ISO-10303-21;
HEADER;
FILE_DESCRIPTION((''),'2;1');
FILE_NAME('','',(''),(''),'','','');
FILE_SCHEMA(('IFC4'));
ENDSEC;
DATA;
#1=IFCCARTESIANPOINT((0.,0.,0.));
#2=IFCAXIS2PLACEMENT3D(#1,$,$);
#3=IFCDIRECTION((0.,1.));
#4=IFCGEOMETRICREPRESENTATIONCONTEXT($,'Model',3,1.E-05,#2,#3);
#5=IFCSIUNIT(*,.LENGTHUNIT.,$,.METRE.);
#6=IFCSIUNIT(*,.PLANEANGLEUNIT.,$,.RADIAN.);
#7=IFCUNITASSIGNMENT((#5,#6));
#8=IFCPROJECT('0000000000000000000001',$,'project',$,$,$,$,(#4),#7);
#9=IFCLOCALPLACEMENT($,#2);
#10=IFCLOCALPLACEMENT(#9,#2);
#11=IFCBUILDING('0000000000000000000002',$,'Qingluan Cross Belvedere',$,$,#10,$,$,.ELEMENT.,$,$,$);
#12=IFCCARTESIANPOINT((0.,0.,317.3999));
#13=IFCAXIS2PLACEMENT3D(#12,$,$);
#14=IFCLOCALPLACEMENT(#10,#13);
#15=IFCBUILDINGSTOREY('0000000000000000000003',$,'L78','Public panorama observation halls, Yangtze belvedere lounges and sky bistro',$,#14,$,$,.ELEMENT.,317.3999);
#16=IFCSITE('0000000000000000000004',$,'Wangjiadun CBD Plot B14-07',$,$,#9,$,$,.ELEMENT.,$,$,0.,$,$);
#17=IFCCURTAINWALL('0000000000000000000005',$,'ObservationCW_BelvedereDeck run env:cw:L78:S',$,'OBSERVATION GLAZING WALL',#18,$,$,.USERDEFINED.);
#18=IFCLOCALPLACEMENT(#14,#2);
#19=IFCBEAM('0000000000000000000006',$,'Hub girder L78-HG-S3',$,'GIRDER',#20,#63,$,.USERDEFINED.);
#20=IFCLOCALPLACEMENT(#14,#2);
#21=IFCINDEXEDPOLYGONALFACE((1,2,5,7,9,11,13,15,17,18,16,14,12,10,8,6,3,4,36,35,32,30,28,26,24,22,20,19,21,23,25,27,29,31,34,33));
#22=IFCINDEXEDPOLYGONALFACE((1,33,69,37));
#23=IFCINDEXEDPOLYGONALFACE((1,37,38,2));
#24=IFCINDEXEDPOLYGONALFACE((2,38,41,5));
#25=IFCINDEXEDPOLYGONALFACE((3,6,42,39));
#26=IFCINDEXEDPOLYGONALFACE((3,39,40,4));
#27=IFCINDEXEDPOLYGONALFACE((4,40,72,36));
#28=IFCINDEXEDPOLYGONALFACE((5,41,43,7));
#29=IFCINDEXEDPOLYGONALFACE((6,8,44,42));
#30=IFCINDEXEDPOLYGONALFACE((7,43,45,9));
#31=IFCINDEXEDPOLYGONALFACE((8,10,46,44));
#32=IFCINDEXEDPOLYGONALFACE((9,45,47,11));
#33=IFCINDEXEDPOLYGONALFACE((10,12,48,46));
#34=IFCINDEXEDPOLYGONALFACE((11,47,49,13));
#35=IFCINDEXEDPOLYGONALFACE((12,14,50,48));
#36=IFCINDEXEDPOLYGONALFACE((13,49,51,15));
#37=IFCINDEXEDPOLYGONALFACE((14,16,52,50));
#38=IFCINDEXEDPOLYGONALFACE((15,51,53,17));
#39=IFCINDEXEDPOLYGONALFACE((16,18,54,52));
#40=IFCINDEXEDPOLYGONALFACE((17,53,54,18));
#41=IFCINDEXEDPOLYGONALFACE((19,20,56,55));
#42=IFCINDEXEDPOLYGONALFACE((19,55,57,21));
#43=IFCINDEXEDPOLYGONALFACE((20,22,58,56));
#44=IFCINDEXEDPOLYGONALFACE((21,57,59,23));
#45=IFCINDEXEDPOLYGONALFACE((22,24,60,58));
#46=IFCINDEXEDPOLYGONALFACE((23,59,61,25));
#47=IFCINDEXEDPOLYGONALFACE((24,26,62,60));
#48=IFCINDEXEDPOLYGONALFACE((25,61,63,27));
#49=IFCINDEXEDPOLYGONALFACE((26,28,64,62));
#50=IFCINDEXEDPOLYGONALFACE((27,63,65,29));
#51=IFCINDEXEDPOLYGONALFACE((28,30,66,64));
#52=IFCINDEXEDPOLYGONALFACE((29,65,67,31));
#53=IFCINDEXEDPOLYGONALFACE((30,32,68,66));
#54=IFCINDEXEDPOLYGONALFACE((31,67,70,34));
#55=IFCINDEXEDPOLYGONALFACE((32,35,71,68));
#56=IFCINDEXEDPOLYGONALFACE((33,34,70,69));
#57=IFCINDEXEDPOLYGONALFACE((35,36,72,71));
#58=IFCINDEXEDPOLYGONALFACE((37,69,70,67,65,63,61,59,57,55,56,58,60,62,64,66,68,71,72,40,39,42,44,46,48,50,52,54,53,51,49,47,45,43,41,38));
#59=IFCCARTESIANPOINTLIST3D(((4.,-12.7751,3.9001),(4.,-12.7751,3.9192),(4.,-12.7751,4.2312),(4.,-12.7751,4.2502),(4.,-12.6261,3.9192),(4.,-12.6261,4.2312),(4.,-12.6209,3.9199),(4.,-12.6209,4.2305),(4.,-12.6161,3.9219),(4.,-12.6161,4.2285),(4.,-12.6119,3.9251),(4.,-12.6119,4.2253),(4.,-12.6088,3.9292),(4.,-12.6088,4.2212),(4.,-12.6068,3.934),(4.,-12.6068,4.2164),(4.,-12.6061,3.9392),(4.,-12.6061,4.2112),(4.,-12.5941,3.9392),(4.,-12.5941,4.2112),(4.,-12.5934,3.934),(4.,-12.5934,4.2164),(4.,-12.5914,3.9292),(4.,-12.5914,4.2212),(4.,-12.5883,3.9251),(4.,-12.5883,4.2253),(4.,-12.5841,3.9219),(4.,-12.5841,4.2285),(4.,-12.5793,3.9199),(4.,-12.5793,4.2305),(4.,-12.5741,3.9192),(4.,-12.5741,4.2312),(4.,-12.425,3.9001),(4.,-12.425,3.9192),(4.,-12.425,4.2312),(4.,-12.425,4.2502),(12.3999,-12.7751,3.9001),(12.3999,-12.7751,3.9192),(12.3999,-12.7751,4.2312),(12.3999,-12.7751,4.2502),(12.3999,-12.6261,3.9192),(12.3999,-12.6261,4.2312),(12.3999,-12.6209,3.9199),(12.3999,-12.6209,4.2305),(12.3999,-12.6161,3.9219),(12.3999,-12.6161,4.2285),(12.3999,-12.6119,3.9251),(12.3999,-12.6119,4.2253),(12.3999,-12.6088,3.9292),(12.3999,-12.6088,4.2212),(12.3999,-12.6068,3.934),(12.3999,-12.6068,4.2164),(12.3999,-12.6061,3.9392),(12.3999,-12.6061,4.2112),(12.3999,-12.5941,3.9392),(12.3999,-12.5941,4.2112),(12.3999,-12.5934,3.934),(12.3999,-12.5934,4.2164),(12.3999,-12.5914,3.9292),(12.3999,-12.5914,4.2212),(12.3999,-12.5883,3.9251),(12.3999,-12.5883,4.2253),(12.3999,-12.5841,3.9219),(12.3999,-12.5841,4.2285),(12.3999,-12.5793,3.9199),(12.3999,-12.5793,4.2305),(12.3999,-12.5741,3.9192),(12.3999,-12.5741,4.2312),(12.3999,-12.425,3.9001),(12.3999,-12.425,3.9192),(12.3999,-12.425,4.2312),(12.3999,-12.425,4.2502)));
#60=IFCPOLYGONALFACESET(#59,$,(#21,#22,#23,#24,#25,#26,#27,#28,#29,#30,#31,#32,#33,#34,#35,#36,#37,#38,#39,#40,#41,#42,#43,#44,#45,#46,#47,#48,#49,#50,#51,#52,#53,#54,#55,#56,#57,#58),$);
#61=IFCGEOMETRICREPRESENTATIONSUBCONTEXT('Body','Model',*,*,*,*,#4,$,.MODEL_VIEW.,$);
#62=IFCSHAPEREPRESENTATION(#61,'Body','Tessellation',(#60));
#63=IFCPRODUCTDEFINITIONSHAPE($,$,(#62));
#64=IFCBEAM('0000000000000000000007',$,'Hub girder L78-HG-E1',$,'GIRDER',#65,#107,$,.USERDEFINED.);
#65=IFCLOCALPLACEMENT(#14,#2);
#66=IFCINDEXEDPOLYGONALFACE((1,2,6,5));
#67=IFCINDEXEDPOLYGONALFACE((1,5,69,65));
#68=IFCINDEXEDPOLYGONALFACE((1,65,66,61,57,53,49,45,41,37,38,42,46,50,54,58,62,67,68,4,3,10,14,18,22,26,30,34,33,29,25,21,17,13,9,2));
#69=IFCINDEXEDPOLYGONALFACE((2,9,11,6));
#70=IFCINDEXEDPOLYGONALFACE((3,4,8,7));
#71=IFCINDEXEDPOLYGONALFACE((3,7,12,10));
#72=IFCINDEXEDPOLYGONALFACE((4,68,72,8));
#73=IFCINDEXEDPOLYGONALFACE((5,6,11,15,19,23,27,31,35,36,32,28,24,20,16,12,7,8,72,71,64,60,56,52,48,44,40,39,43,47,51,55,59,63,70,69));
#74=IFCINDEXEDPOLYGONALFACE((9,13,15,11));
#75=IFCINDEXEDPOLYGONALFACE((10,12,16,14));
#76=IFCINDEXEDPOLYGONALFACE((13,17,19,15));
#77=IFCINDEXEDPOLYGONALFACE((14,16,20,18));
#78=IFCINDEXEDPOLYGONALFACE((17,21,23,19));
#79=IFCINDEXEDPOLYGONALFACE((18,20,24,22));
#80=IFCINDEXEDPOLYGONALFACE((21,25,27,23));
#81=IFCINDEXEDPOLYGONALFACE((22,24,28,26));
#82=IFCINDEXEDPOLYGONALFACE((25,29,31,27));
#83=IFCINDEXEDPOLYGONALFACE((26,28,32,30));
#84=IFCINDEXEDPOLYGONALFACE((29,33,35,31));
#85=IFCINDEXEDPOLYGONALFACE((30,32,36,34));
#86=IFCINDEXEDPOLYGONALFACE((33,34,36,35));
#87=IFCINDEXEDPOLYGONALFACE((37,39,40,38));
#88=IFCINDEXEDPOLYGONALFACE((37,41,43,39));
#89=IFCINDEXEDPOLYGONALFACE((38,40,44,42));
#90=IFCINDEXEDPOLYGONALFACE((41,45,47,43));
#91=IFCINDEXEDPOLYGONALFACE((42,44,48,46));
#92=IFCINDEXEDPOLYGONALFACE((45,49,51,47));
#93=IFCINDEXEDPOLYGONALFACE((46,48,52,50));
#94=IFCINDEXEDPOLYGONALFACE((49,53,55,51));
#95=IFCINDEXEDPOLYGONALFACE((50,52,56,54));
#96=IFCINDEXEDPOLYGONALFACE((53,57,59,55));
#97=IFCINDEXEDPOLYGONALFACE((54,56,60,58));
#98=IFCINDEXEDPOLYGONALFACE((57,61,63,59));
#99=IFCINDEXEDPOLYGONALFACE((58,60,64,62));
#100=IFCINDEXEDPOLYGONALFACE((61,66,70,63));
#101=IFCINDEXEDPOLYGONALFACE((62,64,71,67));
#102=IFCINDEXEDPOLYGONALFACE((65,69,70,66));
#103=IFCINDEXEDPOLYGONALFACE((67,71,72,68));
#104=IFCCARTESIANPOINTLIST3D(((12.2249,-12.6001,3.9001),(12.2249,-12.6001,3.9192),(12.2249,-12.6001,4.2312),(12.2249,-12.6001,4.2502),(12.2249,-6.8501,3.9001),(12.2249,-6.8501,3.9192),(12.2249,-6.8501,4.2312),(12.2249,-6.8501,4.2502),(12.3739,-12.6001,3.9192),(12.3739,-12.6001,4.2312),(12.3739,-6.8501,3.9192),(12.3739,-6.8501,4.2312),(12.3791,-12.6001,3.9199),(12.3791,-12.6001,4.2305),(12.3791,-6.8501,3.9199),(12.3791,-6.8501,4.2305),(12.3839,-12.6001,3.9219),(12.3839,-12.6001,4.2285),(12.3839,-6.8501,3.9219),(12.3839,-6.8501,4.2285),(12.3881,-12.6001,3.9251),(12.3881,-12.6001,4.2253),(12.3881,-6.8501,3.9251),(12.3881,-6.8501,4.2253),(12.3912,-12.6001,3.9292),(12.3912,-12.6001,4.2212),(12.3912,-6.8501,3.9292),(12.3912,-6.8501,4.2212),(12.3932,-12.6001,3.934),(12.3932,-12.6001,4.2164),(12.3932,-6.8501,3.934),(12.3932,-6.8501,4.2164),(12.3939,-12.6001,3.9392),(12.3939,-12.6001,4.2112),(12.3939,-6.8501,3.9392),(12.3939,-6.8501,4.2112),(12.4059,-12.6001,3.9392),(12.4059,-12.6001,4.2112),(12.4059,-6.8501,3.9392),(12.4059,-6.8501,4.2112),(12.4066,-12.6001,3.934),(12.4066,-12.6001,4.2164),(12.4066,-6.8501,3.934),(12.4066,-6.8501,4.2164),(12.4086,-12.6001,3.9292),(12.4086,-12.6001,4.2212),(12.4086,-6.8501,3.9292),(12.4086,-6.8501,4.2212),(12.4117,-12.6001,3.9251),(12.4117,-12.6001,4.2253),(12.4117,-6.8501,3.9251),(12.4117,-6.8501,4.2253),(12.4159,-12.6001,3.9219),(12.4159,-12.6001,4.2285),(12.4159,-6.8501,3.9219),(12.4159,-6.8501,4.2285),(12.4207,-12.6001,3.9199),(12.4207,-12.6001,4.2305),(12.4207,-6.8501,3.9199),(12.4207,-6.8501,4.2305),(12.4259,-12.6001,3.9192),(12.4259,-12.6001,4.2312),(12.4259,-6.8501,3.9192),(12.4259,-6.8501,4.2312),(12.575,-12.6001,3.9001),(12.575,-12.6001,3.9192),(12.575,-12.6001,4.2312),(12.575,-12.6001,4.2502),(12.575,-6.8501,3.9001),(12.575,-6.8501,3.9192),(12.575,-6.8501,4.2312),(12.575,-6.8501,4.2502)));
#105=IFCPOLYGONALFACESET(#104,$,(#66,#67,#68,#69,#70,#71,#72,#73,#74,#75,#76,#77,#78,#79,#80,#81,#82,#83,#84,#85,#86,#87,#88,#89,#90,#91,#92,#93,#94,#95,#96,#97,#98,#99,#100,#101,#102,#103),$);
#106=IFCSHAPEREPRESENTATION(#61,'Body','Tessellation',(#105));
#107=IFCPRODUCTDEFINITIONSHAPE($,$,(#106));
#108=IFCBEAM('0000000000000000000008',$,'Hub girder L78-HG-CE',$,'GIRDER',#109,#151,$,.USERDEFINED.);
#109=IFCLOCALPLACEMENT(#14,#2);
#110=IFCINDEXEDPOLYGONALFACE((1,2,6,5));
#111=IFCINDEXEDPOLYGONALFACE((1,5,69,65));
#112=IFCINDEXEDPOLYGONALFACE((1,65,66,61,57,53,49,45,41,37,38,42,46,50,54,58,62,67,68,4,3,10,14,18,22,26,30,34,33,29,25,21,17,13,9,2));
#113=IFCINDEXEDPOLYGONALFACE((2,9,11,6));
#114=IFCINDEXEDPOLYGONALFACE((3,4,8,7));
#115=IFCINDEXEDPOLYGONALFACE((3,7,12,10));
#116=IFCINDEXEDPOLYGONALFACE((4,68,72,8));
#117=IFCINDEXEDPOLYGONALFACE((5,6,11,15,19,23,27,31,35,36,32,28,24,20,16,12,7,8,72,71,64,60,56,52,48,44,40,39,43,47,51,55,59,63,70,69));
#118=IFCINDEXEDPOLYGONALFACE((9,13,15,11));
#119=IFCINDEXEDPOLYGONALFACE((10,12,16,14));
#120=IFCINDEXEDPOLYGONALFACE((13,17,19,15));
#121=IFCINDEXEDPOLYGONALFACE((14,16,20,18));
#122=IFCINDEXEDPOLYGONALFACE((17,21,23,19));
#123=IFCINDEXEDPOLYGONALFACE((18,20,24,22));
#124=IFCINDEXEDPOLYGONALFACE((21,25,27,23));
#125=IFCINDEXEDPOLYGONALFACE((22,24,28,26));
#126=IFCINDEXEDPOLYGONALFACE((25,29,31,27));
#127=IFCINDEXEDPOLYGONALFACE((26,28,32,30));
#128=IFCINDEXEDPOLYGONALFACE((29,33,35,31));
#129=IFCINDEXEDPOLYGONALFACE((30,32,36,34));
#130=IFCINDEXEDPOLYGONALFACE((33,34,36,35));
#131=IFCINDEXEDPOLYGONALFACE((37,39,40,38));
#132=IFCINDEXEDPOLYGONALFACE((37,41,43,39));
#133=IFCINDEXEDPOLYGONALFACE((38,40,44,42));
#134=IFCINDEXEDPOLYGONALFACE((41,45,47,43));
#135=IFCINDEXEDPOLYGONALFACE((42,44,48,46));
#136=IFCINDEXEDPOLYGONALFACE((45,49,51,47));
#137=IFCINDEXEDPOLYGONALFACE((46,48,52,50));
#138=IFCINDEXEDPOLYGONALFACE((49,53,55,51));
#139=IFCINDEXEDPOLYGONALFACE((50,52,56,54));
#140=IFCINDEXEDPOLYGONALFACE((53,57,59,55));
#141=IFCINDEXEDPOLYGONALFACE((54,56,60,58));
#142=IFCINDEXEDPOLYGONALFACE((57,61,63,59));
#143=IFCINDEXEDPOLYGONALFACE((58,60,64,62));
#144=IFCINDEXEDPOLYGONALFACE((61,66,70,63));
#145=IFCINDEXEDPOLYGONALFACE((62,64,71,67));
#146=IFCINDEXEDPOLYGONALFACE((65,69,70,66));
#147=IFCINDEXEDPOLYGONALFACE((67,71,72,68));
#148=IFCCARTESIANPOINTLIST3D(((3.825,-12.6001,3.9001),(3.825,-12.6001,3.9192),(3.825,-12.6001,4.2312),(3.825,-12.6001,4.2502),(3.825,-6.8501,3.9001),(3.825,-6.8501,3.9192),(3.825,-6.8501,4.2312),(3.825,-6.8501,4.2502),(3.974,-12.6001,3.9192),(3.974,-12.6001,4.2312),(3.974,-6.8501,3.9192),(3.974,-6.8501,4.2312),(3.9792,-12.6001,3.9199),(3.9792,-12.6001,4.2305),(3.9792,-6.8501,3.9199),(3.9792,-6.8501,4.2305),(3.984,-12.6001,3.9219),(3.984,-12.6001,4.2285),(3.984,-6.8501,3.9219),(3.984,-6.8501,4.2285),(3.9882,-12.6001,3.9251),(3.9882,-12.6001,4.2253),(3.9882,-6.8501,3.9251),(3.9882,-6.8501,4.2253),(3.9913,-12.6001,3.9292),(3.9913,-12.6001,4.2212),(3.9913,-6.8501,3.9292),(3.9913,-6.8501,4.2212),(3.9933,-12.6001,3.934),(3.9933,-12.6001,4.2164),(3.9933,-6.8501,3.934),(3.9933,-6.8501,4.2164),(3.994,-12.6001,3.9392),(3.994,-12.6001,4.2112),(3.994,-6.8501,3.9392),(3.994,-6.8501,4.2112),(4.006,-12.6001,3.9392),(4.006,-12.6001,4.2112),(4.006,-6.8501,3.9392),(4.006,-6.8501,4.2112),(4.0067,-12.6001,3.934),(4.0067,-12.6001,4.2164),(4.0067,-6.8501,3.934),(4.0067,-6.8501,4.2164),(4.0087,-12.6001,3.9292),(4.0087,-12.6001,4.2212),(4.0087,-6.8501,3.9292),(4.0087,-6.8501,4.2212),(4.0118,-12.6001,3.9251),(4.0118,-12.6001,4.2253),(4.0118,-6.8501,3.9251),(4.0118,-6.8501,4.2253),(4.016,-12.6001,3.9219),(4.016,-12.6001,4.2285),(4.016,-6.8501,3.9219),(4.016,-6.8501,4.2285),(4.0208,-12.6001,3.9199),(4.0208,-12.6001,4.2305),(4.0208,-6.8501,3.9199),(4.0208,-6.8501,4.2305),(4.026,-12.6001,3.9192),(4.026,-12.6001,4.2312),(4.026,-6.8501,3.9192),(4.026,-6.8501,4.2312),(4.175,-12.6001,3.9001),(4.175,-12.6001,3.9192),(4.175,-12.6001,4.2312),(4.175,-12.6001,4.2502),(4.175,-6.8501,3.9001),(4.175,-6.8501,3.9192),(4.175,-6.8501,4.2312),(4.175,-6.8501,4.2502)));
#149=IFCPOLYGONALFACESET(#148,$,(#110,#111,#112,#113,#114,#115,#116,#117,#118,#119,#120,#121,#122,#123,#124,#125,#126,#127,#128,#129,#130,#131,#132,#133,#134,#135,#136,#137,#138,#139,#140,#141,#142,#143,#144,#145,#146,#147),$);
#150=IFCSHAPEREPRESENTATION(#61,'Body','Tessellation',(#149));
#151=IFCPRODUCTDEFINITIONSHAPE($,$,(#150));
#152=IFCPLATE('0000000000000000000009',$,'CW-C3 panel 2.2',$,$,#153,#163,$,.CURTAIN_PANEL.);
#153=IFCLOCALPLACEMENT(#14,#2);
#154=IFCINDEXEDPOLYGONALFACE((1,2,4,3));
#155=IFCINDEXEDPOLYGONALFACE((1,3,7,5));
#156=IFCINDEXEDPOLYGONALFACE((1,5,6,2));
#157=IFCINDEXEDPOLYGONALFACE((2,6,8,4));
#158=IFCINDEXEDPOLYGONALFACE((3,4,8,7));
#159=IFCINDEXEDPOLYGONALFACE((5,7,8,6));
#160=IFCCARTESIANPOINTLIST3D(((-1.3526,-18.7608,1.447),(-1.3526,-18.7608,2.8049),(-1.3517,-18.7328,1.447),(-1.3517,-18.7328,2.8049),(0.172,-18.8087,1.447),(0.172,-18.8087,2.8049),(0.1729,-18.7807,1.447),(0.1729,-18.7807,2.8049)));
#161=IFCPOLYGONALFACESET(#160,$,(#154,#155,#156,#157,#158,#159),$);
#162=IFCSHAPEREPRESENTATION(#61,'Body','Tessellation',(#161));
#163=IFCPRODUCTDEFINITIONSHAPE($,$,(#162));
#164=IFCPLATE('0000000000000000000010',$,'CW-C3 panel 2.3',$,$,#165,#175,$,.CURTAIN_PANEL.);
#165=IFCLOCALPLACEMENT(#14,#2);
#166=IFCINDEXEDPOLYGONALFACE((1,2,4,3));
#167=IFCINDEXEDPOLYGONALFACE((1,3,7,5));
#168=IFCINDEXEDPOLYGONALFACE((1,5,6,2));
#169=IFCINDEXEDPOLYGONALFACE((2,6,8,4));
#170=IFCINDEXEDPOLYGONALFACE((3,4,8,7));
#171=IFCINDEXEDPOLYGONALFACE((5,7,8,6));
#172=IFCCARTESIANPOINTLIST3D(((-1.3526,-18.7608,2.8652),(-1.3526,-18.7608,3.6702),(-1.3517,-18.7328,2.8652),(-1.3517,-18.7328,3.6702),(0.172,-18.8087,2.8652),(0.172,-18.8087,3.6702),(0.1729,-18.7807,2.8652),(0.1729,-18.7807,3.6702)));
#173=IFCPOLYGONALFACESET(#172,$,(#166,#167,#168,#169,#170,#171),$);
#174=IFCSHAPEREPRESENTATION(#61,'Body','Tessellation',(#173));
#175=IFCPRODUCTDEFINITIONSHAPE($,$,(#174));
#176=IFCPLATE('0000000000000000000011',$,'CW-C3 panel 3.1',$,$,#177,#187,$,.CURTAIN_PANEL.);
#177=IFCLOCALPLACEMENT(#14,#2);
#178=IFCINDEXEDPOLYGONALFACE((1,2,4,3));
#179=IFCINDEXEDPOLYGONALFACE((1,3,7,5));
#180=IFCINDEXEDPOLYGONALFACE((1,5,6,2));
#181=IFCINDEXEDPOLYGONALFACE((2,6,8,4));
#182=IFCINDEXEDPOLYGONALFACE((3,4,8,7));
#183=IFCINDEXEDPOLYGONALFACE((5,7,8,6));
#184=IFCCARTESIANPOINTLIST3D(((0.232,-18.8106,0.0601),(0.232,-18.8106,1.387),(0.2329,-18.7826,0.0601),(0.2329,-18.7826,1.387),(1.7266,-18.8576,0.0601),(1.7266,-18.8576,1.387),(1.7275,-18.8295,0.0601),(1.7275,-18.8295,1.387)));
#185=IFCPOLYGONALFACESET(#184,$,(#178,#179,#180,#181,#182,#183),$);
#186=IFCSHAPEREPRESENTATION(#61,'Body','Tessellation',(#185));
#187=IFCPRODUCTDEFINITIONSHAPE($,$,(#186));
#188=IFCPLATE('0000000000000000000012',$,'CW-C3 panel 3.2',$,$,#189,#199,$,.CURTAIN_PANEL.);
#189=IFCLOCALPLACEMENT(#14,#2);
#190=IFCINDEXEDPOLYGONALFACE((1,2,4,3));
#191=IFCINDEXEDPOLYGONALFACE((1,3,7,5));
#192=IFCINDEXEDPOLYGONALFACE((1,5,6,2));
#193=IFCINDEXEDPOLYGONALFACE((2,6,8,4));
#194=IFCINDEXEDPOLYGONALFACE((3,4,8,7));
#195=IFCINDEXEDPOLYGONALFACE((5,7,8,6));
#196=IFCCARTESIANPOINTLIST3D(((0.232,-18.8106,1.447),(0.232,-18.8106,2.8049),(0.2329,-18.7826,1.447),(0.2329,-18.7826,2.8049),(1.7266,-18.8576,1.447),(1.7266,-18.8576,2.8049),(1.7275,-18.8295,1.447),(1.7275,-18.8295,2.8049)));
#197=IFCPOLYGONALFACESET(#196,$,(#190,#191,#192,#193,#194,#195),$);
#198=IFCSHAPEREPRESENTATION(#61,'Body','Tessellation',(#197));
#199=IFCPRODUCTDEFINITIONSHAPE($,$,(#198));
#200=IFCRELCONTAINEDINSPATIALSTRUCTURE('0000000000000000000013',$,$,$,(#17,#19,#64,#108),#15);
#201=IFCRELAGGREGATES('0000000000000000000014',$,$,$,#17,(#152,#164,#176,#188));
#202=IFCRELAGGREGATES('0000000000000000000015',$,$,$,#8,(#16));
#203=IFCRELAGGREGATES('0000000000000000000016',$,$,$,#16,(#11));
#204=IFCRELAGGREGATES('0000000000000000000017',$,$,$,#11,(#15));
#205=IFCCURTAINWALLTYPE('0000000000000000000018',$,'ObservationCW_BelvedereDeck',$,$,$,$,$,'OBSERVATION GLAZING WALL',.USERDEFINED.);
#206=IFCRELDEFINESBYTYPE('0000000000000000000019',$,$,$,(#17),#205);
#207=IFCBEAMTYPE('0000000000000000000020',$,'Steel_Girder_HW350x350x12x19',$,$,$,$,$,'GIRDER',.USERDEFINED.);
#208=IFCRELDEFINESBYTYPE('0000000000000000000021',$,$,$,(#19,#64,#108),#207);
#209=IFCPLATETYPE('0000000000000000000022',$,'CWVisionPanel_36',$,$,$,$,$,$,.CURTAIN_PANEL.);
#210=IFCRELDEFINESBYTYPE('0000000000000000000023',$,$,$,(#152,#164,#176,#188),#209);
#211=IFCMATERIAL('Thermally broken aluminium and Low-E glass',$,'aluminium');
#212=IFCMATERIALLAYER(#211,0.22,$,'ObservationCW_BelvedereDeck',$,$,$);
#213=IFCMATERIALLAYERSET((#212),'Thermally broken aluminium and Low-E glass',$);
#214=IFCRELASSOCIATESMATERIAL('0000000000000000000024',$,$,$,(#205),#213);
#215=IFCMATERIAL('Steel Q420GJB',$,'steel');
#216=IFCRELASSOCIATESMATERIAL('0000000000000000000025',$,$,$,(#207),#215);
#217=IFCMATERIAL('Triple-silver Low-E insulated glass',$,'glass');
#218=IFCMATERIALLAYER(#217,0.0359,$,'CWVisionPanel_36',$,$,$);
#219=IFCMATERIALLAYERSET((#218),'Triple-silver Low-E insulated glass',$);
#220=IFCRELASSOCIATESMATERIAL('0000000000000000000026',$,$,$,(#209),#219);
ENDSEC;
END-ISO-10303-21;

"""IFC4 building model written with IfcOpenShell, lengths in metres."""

from ifc_helpers import new_model, si_unit, direction, frame, origin, origin_2d, place, context, subcontext, project, spatial, rectangle, i_section, extrude, material, layer, layer_set, material_profile, profile_set, type_object, element, aggregate, save


model = new_model("IFC4")

# Units and contexts
model_context = context("Model", 3, precision=1e-05, world=origin(), true_north=direction((0.0, 1.0)))
body_context = subcontext(model_context, "Body", "Model", "MODEL_VIEW")
ifc_project = project(units=[si_unit("LENGTHUNIT", "METRE"), si_unit("PLANEANGLEUNIT", "RADIAN")], contexts=[model_context])

# Site, building, storey
site_placement = place(None, origin())
site = spatial("IfcSite", under=ifc_project, at=site_placement, Name="Wangjiadun CBD Plot B14-07", CompositionType="ELEMENT", RefElevation=0.0)
building_placement = place(site_placement, origin())
building = spatial("IfcBuilding", under=site, at=building_placement, Name="Qingluan Cross Belvedere", CompositionType="ELEMENT")
storey_placement = place(building_placement, frame((0.0, 0.0, 317.3999)))
storey = spatial("IfcBuildingStorey", under=building, at=storey_placement, Name="L78", Description="Public panorama observation halls, Yangtze belvedere lounges and sky bistro", CompositionType="ELEMENT", Elevation=317.3999)

# Curtain wall
ifc_material_1 = material(Name="Thermally broken aluminium and Low-E glass", Category="aluminium")
ifc_layer_1 = layer(ifc_material_1, 0.22, Name="ObservationCW_BelvedereDeck")
ifc_layer_set_1 = layer_set([ifc_layer_1], Name="Thermally broken aluminium and Low-E glass")
curtain_wall_type = type_object("IfcCurtainWallType", Name="ObservationCW_BelvedereDeck", ElementType="OBSERVATION GLAZING WALL", PredefinedType="USERDEFINED", material=ifc_layer_set_1)
curtain_wall_placement = place(storey_placement, origin())
curtain_wall = element("IfcCurtainWall", 1, at=curtain_wall_placement, inside=storey, type_object=curtain_wall_type, Name="ObservationCW_BelvedereDeck run env:cw:L78:S", ObjectType="OBSERVATION GLAZING WALL", PredefinedType="USERDEFINED")

# Beams
ifc_material_2 = material(Name="Steel Q420GJB", Category="steel")
ifc_material_profile_1 = material_profile(ifc_material_2, i_section(OverallWidth=0.3501, OverallDepth=0.3501, WebThickness=0.012, FlangeThickness=0.019, FilletRadius=0.02, at=origin_2d()), Name="HW350x350x12x19")
ifc_profile_set_1 = profile_set([ifc_material_profile_1], Name="Steel Q420GJB")
beam_type_1 = type_object("IfcBeamType", Name="Steel_Girder_HW350x350x12x19", ElementType="GIRDER", PredefinedType="USERDEFINED", material=ifc_profile_set_1)
beam_placement = place(storey_placement, frame((4.0, -12.6001, 4.0752), z_axis=(1.0, 0.0, 0.0), x_axis=(0.0, 1.0, 0.0)))
element("IfcBeam", 2, at=beam_placement, inside=storey, type_object=beam_type_1, Name="Hub girder L78-HG-S3", ObjectType="GIRDER", PredefinedType="USERDEFINED", context=body_context, shape_type="SweptSolid", body=[
    extrude(i_section(OverallWidth=0.3501, OverallDepth=0.3501, WebThickness=0.012, FlangeThickness=0.019, FilletRadius=0.02, at=origin_2d()), origin(), (0.0, 0.0, 1.0), 8.3999),
])
for number, where, z_axis, x_axis, name in (
    (3, (12.3999, -12.6001, 4.0752), (0.0, 1.0, 0.0), (-1.0, 0.0, 0.0), "Hub girder L78-HG-E1"),
    (4, (4.0, -12.6001, 4.0752), (0.0, 1.0, 0.0), (-1.0, 0.0, 0.0), "Hub girder L78-HG-CE"),
):
    element("IfcBeam", number, at=place(storey_placement, frame(where, z_axis=z_axis, x_axis=x_axis)), inside=storey, type_object=beam_type_1, Name=name, ObjectType="GIRDER", PredefinedType="USERDEFINED", context=body_context, shape_type="SweptSolid", body=[
        extrude(i_section(OverallWidth=0.3501, OverallDepth=0.3501, WebThickness=0.012, FlangeThickness=0.019, FilletRadius=0.02, at=origin_2d()), origin(), (0.0, 0.0, 1.0), 5.75),
    ])

# Plates
ifc_material_3 = material(Name="Triple-silver Low-E insulated glass", Category="glass")
ifc_layer_2 = layer(ifc_material_3, 0.0359, Name="CWVisionPanel_36")
ifc_layer_set_2 = layer_set([ifc_layer_2], Name="Triple-silver Low-E insulated glass")
plate_type = type_object("IfcPlateType", Name="CWVisionPanel_36", PredefinedType="CURTAIN_PANEL", material=ifc_layer_set_2)
plate_1_placement = place(storey_placement, frame((-0.5898, -18.7708, 1.447), z_axis=(0.0, 0.0, 1.0), x_axis=(0.999506, -0.031413, 0.0)))
plate_1 = element("IfcPlate", 5, at=plate_1_placement, type_object=plate_type, Name="CW-C3 panel 2.2", PredefinedType="CURTAIN_PANEL", context=body_context, shape_type="SweptSolid", body=[
    extrude(rectangle(XDim=1.5254, YDim=0.0281, at=origin_2d()), origin(), (0.0, 0.0, 1.0), 1.3579),
])
plate_2_placement = place(storey_placement, frame((-0.5898, -18.7708, 2.8652), z_axis=(0.0, 0.0, 1.0), x_axis=(0.999506, -0.031413, 0.0)))
plate_2 = element("IfcPlate", 6, at=plate_2_placement, type_object=plate_type, Name="CW-C3 panel 2.3", PredefinedType="CURTAIN_PANEL", context=body_context, shape_type="SweptSolid", body=[
    extrude(rectangle(XDim=1.5254, YDim=0.0281, at=origin_2d()), origin(), (0.0, 0.0, 1.0), 0.8049),
])
plate_3_placement = place(storey_placement, frame((0.9797, -18.8201, 0.0601), z_axis=(0.0, 0.0, 1.0), x_axis=(0.999506, -0.031413, 0.0)))
plate_3 = element("IfcPlate", 7, at=plate_3_placement, type_object=plate_type, Name="CW-C3 panel 3.1", PredefinedType="CURTAIN_PANEL", context=body_context, shape_type="SweptSolid", body=[
    extrude(rectangle(XDim=1.4954, YDim=0.0281, at=origin_2d()), origin(), (0.0, 0.0, 1.0), 1.3269),
])
plate_4_placement = place(storey_placement, frame((0.9797, -18.8201, 1.447), z_axis=(0.0, 0.0, 1.0), x_axis=(0.999506, -0.031413, 0.0)))
plate_4 = element("IfcPlate", 8, at=plate_4_placement, type_object=plate_type, Name="CW-C3 panel 3.2", PredefinedType="CURTAIN_PANEL", context=body_context, shape_type="SweptSolid", body=[
    extrude(rectangle(XDim=1.4954, YDim=0.0281, at=origin_2d()), origin(), (0.0, 0.0, 1.0), 1.3579),
])
aggregate(curtain_wall, [plate_1, plate_2, plate_3, plate_4])

save(model, "model.ifc")
